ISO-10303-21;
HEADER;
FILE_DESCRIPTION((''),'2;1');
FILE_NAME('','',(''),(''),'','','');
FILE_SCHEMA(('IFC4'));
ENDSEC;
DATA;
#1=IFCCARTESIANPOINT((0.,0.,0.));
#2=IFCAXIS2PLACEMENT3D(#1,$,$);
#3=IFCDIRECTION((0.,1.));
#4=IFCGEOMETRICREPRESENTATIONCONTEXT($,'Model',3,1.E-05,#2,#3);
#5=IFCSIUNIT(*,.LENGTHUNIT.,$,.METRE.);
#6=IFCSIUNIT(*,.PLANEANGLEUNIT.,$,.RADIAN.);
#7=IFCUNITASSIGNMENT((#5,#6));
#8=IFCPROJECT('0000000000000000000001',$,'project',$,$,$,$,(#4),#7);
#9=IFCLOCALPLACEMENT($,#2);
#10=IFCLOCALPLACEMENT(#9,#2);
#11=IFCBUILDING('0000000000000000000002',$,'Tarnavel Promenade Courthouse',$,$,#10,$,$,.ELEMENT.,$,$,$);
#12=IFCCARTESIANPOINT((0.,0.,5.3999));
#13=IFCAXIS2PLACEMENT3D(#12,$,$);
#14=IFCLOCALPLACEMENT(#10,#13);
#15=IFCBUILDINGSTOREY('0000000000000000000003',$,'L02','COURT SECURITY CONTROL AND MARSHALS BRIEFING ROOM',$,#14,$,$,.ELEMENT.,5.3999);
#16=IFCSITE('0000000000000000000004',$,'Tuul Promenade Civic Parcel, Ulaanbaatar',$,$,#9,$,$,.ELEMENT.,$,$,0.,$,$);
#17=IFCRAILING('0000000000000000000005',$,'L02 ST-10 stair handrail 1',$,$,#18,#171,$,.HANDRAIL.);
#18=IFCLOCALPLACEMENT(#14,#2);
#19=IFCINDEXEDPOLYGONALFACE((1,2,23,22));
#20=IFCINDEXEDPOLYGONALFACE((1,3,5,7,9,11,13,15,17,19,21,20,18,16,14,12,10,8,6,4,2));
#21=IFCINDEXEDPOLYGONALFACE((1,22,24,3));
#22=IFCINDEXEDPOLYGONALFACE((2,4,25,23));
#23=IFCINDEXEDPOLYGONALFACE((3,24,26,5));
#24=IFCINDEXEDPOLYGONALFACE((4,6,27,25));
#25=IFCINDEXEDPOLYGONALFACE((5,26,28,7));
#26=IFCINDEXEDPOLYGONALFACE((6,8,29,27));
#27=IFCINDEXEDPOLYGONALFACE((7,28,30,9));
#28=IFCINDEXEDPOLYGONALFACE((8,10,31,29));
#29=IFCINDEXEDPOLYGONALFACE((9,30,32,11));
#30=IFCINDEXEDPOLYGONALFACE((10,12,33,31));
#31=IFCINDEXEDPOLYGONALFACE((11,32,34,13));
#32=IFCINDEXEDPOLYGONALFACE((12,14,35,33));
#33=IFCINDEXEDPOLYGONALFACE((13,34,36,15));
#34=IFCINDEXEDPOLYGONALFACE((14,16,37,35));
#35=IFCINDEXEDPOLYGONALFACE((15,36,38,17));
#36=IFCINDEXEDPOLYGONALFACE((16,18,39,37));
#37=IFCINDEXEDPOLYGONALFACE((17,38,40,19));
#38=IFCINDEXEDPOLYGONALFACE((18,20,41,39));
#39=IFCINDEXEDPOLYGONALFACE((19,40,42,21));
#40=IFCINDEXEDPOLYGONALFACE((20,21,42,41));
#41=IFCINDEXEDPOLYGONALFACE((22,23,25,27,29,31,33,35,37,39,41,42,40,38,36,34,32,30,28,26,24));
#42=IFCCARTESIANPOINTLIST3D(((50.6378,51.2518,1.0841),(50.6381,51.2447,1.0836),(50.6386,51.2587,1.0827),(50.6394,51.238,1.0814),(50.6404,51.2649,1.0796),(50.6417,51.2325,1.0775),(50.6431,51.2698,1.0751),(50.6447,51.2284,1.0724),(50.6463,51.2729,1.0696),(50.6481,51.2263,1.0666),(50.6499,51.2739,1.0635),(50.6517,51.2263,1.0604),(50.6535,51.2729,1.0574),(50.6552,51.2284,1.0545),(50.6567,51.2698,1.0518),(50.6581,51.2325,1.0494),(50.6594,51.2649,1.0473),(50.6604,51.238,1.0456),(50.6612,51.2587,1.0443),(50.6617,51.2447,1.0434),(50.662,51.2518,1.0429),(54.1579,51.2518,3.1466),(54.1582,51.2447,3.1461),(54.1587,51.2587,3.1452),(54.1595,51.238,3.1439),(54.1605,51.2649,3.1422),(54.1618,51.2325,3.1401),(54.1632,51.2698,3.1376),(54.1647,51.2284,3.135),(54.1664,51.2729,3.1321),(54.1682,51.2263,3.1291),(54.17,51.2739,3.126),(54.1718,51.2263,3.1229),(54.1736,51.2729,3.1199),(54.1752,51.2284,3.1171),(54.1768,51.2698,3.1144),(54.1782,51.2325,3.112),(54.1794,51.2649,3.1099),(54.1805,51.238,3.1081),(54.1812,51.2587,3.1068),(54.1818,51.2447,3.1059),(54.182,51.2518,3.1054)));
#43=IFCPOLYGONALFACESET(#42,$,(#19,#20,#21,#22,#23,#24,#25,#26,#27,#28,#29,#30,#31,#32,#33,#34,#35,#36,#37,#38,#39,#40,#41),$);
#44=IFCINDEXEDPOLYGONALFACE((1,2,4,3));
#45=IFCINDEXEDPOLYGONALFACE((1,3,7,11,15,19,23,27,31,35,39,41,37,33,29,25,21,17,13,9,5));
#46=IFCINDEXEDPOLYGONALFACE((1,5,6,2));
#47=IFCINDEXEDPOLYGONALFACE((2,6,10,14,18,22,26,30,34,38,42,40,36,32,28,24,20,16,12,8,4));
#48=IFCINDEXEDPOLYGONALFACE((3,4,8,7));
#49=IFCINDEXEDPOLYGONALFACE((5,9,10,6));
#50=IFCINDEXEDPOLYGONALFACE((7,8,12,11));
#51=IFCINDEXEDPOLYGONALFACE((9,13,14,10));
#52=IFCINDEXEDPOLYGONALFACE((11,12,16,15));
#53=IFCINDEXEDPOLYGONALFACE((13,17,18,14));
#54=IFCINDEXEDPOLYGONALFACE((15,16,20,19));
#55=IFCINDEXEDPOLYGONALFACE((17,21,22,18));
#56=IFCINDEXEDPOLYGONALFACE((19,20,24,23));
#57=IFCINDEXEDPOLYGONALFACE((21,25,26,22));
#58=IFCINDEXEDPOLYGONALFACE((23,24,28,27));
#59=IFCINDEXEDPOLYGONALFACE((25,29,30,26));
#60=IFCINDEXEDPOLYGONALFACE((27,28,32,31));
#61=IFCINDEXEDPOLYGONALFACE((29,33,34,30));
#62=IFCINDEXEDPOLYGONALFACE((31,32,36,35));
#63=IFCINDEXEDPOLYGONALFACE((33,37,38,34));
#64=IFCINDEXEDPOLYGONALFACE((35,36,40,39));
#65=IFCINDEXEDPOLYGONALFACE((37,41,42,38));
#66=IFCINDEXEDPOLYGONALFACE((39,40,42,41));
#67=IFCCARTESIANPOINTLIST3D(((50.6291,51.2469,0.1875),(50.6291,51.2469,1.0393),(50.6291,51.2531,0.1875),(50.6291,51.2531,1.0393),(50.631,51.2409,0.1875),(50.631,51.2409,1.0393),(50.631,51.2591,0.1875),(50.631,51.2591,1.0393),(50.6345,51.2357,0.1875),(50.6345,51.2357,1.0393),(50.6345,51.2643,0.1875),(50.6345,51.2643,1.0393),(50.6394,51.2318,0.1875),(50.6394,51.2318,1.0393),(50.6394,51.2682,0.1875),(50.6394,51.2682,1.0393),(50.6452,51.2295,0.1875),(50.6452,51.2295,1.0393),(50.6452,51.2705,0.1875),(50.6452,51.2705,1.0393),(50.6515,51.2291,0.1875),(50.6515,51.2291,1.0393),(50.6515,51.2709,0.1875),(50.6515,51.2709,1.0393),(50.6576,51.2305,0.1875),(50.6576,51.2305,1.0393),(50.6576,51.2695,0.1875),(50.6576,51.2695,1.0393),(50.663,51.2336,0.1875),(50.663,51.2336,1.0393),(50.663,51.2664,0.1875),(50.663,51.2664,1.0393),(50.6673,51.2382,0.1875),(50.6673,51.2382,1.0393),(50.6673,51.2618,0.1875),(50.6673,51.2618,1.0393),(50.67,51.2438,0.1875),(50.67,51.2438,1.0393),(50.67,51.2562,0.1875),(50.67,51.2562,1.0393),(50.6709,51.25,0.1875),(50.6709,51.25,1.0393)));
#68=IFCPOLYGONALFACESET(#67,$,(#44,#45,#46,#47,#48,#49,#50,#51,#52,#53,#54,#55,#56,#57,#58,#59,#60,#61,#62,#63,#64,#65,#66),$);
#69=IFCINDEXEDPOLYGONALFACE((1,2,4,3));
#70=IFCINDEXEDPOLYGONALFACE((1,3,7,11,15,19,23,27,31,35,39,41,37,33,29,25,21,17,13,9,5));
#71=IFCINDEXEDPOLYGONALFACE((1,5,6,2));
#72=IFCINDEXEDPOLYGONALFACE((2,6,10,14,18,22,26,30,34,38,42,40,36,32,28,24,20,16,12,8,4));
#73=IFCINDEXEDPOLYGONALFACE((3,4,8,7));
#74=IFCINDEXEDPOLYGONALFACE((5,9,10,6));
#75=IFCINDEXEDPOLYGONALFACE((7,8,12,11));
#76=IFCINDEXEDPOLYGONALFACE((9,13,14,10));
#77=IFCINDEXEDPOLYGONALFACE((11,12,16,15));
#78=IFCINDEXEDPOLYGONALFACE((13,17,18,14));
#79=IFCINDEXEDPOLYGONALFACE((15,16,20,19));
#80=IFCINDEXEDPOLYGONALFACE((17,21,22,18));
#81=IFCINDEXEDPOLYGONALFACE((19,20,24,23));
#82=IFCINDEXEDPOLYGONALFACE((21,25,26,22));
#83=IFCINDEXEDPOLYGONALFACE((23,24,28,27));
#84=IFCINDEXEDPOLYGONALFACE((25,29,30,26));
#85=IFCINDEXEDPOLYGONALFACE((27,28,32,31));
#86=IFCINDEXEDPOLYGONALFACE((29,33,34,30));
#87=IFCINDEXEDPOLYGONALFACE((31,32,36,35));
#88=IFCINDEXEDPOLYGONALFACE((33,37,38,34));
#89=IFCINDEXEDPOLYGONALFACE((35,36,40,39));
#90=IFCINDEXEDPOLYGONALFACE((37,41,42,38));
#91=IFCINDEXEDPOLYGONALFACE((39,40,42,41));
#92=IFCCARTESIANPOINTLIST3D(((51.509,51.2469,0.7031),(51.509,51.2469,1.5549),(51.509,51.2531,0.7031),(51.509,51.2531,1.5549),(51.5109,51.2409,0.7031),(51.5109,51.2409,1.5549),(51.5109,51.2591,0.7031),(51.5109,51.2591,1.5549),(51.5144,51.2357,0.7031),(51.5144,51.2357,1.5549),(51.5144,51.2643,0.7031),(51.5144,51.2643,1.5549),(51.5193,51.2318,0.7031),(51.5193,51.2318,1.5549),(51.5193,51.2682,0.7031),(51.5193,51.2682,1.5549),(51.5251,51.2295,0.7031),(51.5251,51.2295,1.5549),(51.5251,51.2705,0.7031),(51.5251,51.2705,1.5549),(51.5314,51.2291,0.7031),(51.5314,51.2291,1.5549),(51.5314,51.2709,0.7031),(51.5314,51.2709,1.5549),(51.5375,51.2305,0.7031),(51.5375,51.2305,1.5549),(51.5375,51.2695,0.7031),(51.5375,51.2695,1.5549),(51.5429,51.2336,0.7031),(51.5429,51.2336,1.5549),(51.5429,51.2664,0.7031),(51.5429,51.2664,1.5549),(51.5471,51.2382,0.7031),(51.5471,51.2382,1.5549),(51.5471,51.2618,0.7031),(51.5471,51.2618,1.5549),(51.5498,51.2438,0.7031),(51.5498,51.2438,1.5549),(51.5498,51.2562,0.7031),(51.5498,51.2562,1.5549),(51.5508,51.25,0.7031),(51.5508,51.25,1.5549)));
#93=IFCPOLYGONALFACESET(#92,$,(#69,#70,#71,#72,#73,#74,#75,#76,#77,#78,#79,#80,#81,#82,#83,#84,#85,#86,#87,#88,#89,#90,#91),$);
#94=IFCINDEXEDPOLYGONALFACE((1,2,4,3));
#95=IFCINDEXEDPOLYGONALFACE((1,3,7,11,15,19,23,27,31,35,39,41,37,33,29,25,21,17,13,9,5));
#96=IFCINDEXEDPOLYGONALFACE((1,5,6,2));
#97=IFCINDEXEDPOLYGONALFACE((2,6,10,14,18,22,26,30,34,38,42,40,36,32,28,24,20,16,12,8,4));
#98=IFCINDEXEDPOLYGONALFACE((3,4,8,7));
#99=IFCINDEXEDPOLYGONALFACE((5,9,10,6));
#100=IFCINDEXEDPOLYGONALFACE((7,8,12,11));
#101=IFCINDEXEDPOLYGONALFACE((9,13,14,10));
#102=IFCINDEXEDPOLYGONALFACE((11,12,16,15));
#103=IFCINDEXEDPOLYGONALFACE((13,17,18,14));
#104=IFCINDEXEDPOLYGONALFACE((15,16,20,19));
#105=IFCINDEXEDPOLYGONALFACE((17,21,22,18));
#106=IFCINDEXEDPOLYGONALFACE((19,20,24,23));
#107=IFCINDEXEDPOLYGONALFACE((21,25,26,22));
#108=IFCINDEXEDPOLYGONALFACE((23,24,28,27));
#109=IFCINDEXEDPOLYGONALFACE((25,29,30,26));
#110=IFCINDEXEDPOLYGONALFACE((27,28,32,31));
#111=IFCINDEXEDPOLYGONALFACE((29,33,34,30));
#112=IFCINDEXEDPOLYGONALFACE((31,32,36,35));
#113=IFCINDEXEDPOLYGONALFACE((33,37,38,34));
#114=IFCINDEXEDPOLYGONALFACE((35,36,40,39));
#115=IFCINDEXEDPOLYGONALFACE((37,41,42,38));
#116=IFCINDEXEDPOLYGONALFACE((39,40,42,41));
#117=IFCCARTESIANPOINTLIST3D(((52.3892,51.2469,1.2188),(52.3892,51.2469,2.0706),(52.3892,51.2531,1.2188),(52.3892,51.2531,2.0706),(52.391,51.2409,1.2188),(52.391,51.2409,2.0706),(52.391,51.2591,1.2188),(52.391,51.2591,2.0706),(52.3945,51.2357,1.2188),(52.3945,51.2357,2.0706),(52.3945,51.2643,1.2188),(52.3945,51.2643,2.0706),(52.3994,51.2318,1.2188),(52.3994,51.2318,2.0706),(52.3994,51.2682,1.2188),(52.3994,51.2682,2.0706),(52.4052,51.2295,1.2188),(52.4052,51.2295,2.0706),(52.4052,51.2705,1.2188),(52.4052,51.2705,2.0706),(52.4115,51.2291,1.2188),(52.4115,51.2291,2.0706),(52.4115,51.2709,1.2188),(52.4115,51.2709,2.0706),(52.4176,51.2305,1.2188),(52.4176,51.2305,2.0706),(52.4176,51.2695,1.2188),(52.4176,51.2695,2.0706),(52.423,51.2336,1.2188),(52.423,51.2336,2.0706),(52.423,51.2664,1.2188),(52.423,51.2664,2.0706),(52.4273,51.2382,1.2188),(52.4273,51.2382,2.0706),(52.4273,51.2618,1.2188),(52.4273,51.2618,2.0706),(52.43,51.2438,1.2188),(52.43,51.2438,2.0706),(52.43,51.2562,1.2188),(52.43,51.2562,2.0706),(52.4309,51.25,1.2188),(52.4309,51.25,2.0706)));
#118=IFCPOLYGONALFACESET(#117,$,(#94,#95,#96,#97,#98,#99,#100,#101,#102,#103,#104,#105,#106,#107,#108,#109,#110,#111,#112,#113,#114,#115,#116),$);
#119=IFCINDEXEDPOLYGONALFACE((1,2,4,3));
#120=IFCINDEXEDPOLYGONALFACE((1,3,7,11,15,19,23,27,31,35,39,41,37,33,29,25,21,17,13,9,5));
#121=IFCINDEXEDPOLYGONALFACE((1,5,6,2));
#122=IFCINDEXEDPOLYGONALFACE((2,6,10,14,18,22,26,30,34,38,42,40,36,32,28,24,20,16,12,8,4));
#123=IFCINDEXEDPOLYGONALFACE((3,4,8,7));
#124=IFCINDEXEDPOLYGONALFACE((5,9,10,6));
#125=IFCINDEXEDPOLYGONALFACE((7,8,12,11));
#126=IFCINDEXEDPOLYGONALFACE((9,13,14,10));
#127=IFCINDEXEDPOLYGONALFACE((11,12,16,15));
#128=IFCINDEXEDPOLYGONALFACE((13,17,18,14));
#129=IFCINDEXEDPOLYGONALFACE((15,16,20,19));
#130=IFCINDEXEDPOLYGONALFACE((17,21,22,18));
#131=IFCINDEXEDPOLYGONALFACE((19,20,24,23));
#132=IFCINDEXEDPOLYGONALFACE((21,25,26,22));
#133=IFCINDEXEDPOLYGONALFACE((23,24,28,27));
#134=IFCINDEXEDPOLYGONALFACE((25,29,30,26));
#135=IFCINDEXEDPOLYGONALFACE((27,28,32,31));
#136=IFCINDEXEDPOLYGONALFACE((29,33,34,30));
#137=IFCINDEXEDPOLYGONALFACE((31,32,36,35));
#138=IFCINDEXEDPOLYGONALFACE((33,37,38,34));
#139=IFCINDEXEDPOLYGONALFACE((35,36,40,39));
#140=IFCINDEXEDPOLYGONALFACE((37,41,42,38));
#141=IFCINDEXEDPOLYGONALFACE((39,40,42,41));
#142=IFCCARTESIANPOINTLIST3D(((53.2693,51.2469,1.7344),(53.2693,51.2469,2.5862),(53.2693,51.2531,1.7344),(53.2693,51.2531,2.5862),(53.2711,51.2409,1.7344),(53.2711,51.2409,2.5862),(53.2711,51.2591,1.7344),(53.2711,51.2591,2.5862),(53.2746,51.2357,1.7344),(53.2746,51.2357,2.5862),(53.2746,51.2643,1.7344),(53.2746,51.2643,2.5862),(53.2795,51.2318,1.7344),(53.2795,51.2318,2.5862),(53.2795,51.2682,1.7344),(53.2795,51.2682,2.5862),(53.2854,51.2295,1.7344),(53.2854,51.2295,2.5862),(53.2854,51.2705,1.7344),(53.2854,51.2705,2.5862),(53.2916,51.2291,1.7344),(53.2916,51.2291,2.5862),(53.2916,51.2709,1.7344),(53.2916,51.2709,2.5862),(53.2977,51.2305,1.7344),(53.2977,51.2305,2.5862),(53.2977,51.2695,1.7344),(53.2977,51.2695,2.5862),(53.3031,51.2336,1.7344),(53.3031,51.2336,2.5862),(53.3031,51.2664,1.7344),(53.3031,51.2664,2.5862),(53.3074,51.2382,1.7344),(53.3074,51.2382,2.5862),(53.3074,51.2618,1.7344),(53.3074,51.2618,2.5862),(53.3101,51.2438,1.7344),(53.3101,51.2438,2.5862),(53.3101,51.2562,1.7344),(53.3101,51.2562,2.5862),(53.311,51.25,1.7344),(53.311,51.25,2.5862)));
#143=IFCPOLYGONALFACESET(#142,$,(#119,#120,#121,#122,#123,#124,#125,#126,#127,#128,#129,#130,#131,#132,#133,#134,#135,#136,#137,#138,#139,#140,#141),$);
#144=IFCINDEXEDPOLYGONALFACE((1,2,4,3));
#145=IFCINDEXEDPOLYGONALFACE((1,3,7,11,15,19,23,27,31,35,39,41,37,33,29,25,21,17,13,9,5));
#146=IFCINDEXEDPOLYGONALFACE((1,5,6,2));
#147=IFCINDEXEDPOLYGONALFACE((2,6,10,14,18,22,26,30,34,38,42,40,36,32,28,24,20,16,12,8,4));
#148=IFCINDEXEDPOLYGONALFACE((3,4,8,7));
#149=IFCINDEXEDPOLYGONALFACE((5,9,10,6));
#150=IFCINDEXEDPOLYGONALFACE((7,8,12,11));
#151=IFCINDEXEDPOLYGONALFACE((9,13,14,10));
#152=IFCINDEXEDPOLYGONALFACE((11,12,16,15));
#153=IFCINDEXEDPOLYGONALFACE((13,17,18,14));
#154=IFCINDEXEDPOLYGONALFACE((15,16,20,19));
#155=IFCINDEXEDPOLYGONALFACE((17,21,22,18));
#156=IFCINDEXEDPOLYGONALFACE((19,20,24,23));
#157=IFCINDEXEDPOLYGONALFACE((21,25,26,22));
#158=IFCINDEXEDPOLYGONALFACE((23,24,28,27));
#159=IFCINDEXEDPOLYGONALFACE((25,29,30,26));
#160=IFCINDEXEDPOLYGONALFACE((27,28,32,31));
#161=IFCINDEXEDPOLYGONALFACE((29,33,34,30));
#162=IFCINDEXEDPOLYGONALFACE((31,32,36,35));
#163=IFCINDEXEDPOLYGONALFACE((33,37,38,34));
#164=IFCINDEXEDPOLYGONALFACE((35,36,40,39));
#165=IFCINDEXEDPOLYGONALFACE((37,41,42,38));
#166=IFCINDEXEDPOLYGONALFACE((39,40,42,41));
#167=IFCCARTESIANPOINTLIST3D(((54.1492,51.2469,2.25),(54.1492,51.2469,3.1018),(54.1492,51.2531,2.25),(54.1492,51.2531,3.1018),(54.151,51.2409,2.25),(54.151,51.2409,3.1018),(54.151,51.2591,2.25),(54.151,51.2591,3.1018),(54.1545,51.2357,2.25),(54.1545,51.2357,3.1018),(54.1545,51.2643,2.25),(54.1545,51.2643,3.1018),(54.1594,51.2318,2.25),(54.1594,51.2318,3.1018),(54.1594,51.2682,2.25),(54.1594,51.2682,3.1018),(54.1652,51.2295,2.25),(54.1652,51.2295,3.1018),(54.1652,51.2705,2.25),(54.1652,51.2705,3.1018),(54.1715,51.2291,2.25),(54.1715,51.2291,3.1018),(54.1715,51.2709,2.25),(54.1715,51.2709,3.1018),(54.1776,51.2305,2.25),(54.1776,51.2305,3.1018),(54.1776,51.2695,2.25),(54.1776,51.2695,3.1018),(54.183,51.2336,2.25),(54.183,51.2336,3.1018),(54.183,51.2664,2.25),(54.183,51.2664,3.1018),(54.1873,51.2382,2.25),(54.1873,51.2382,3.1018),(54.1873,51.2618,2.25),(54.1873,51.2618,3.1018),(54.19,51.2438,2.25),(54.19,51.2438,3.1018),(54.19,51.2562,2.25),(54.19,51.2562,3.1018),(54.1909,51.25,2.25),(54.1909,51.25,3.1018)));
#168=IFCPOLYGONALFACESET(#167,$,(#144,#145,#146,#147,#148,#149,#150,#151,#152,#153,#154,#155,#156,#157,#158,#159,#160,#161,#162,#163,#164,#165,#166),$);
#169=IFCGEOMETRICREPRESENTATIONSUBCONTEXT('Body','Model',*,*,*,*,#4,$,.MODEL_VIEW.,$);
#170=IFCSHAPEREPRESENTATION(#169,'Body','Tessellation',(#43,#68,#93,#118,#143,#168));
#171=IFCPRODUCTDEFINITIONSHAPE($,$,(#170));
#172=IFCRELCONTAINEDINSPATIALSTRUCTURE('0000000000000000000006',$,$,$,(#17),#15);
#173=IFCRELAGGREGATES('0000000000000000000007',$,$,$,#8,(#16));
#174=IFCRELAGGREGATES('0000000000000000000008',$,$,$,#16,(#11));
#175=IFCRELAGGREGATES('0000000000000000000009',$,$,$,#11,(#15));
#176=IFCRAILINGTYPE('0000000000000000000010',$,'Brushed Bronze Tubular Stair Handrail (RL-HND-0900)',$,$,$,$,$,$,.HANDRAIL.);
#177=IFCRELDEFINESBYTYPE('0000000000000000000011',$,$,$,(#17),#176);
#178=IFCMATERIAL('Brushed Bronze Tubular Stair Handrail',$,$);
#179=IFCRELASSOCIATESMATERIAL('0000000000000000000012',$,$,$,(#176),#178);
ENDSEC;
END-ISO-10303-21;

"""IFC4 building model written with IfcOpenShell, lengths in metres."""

from ifc_helpers import new_model, si_unit, direction, frame, origin, origin_2d, place, context, subcontext, project, spatial, circle, extrude, material, type_object, element, save


model = new_model("IFC4")

# Units and contexts
model_context = context("Model", 3, precision=1e-05, world=origin(), true_north=direction((0.0, 1.0)))
body_context = subcontext(model_context, "Body", "Model", "MODEL_VIEW")
ifc_project = project(units=[si_unit("LENGTHUNIT", "METRE"), si_unit("PLANEANGLEUNIT", "RADIAN")], contexts=[model_context])

# Site, building, storey
site_placement = place(None, origin())
site = spatial("IfcSite", under=ifc_project, at=site_placement, Name="Tuul Promenade Civic Parcel, Ulaanbaatar", CompositionType="ELEMENT", RefElevation=0.0)
building_placement = place(site_placement, origin())
building = spatial("IfcBuilding", under=site, at=building_placement, Name="Tarnavel Promenade Courthouse", CompositionType="ELEMENT")
storey_placement = place(building_placement, frame((0.0, 0.0, 5.3999)))
storey = spatial("IfcBuildingStorey", under=building, at=storey_placement, Name="L02", Description="COURT SECURITY CONTROL AND MARSHALS BRIEFING ROOM", CompositionType="ELEMENT", Elevation=5.3999)

# Railing
ifc_material_1 = material(Name="Brushed Bronze Tubular Stair Handrail")
railing_type_1 = type_object("IfcRailingType", Name="Brushed Bronze Tubular Stair Handrail (RL-HND-0900)", PredefinedType="HANDRAIL", material=ifc_material_1)
railing_1_placement = place(storey_placement, frame((50.6499, 51.25, 0.1875)))
element("IfcRailing", 1, at=railing_1_placement, inside=storey, type_object=railing_type_1, Name="L02 ST-10 stair handrail 1", PredefinedType="HANDRAIL", context=body_context, shape_type="SweptSolid", body=[
    extrude(circle(Radius=0.0239, at=origin_2d()), frame((0.0, 0.0, 0.876), z_axis=(0.862801, 0.0, 0.505544), x_axis=(0.0, 1.0, 0.0)), (0.0, 0.0, 1.0), 4.0798),
    extrude(circle(Radius=0.021, at=origin_2d()), origin(), (0.0, 0.0, 1.0), 0.8518),
    extrude(circle(Radius=0.021, at=origin_2d()), frame((0.8799, 0.0, 0.5156)), (0.0, 0.0, 1.0), 0.8518),
    extrude(circle(Radius=0.021, at=origin_2d()), frame((1.76, 0.0, 1.0312)), (0.0, 0.0, 1.0), 0.8518),
    extrude(circle(Radius=0.021, at=origin_2d()), frame((2.6401, 0.0, 1.5469)), (0.0, 0.0, 1.0), 0.8518),
    extrude(circle(Radius=0.021, at=origin_2d()), frame((3.52, 0.0, 2.0625)), (0.0, 0.0, 1.0), 0.8518),
])

save(model, "model.ifc")
